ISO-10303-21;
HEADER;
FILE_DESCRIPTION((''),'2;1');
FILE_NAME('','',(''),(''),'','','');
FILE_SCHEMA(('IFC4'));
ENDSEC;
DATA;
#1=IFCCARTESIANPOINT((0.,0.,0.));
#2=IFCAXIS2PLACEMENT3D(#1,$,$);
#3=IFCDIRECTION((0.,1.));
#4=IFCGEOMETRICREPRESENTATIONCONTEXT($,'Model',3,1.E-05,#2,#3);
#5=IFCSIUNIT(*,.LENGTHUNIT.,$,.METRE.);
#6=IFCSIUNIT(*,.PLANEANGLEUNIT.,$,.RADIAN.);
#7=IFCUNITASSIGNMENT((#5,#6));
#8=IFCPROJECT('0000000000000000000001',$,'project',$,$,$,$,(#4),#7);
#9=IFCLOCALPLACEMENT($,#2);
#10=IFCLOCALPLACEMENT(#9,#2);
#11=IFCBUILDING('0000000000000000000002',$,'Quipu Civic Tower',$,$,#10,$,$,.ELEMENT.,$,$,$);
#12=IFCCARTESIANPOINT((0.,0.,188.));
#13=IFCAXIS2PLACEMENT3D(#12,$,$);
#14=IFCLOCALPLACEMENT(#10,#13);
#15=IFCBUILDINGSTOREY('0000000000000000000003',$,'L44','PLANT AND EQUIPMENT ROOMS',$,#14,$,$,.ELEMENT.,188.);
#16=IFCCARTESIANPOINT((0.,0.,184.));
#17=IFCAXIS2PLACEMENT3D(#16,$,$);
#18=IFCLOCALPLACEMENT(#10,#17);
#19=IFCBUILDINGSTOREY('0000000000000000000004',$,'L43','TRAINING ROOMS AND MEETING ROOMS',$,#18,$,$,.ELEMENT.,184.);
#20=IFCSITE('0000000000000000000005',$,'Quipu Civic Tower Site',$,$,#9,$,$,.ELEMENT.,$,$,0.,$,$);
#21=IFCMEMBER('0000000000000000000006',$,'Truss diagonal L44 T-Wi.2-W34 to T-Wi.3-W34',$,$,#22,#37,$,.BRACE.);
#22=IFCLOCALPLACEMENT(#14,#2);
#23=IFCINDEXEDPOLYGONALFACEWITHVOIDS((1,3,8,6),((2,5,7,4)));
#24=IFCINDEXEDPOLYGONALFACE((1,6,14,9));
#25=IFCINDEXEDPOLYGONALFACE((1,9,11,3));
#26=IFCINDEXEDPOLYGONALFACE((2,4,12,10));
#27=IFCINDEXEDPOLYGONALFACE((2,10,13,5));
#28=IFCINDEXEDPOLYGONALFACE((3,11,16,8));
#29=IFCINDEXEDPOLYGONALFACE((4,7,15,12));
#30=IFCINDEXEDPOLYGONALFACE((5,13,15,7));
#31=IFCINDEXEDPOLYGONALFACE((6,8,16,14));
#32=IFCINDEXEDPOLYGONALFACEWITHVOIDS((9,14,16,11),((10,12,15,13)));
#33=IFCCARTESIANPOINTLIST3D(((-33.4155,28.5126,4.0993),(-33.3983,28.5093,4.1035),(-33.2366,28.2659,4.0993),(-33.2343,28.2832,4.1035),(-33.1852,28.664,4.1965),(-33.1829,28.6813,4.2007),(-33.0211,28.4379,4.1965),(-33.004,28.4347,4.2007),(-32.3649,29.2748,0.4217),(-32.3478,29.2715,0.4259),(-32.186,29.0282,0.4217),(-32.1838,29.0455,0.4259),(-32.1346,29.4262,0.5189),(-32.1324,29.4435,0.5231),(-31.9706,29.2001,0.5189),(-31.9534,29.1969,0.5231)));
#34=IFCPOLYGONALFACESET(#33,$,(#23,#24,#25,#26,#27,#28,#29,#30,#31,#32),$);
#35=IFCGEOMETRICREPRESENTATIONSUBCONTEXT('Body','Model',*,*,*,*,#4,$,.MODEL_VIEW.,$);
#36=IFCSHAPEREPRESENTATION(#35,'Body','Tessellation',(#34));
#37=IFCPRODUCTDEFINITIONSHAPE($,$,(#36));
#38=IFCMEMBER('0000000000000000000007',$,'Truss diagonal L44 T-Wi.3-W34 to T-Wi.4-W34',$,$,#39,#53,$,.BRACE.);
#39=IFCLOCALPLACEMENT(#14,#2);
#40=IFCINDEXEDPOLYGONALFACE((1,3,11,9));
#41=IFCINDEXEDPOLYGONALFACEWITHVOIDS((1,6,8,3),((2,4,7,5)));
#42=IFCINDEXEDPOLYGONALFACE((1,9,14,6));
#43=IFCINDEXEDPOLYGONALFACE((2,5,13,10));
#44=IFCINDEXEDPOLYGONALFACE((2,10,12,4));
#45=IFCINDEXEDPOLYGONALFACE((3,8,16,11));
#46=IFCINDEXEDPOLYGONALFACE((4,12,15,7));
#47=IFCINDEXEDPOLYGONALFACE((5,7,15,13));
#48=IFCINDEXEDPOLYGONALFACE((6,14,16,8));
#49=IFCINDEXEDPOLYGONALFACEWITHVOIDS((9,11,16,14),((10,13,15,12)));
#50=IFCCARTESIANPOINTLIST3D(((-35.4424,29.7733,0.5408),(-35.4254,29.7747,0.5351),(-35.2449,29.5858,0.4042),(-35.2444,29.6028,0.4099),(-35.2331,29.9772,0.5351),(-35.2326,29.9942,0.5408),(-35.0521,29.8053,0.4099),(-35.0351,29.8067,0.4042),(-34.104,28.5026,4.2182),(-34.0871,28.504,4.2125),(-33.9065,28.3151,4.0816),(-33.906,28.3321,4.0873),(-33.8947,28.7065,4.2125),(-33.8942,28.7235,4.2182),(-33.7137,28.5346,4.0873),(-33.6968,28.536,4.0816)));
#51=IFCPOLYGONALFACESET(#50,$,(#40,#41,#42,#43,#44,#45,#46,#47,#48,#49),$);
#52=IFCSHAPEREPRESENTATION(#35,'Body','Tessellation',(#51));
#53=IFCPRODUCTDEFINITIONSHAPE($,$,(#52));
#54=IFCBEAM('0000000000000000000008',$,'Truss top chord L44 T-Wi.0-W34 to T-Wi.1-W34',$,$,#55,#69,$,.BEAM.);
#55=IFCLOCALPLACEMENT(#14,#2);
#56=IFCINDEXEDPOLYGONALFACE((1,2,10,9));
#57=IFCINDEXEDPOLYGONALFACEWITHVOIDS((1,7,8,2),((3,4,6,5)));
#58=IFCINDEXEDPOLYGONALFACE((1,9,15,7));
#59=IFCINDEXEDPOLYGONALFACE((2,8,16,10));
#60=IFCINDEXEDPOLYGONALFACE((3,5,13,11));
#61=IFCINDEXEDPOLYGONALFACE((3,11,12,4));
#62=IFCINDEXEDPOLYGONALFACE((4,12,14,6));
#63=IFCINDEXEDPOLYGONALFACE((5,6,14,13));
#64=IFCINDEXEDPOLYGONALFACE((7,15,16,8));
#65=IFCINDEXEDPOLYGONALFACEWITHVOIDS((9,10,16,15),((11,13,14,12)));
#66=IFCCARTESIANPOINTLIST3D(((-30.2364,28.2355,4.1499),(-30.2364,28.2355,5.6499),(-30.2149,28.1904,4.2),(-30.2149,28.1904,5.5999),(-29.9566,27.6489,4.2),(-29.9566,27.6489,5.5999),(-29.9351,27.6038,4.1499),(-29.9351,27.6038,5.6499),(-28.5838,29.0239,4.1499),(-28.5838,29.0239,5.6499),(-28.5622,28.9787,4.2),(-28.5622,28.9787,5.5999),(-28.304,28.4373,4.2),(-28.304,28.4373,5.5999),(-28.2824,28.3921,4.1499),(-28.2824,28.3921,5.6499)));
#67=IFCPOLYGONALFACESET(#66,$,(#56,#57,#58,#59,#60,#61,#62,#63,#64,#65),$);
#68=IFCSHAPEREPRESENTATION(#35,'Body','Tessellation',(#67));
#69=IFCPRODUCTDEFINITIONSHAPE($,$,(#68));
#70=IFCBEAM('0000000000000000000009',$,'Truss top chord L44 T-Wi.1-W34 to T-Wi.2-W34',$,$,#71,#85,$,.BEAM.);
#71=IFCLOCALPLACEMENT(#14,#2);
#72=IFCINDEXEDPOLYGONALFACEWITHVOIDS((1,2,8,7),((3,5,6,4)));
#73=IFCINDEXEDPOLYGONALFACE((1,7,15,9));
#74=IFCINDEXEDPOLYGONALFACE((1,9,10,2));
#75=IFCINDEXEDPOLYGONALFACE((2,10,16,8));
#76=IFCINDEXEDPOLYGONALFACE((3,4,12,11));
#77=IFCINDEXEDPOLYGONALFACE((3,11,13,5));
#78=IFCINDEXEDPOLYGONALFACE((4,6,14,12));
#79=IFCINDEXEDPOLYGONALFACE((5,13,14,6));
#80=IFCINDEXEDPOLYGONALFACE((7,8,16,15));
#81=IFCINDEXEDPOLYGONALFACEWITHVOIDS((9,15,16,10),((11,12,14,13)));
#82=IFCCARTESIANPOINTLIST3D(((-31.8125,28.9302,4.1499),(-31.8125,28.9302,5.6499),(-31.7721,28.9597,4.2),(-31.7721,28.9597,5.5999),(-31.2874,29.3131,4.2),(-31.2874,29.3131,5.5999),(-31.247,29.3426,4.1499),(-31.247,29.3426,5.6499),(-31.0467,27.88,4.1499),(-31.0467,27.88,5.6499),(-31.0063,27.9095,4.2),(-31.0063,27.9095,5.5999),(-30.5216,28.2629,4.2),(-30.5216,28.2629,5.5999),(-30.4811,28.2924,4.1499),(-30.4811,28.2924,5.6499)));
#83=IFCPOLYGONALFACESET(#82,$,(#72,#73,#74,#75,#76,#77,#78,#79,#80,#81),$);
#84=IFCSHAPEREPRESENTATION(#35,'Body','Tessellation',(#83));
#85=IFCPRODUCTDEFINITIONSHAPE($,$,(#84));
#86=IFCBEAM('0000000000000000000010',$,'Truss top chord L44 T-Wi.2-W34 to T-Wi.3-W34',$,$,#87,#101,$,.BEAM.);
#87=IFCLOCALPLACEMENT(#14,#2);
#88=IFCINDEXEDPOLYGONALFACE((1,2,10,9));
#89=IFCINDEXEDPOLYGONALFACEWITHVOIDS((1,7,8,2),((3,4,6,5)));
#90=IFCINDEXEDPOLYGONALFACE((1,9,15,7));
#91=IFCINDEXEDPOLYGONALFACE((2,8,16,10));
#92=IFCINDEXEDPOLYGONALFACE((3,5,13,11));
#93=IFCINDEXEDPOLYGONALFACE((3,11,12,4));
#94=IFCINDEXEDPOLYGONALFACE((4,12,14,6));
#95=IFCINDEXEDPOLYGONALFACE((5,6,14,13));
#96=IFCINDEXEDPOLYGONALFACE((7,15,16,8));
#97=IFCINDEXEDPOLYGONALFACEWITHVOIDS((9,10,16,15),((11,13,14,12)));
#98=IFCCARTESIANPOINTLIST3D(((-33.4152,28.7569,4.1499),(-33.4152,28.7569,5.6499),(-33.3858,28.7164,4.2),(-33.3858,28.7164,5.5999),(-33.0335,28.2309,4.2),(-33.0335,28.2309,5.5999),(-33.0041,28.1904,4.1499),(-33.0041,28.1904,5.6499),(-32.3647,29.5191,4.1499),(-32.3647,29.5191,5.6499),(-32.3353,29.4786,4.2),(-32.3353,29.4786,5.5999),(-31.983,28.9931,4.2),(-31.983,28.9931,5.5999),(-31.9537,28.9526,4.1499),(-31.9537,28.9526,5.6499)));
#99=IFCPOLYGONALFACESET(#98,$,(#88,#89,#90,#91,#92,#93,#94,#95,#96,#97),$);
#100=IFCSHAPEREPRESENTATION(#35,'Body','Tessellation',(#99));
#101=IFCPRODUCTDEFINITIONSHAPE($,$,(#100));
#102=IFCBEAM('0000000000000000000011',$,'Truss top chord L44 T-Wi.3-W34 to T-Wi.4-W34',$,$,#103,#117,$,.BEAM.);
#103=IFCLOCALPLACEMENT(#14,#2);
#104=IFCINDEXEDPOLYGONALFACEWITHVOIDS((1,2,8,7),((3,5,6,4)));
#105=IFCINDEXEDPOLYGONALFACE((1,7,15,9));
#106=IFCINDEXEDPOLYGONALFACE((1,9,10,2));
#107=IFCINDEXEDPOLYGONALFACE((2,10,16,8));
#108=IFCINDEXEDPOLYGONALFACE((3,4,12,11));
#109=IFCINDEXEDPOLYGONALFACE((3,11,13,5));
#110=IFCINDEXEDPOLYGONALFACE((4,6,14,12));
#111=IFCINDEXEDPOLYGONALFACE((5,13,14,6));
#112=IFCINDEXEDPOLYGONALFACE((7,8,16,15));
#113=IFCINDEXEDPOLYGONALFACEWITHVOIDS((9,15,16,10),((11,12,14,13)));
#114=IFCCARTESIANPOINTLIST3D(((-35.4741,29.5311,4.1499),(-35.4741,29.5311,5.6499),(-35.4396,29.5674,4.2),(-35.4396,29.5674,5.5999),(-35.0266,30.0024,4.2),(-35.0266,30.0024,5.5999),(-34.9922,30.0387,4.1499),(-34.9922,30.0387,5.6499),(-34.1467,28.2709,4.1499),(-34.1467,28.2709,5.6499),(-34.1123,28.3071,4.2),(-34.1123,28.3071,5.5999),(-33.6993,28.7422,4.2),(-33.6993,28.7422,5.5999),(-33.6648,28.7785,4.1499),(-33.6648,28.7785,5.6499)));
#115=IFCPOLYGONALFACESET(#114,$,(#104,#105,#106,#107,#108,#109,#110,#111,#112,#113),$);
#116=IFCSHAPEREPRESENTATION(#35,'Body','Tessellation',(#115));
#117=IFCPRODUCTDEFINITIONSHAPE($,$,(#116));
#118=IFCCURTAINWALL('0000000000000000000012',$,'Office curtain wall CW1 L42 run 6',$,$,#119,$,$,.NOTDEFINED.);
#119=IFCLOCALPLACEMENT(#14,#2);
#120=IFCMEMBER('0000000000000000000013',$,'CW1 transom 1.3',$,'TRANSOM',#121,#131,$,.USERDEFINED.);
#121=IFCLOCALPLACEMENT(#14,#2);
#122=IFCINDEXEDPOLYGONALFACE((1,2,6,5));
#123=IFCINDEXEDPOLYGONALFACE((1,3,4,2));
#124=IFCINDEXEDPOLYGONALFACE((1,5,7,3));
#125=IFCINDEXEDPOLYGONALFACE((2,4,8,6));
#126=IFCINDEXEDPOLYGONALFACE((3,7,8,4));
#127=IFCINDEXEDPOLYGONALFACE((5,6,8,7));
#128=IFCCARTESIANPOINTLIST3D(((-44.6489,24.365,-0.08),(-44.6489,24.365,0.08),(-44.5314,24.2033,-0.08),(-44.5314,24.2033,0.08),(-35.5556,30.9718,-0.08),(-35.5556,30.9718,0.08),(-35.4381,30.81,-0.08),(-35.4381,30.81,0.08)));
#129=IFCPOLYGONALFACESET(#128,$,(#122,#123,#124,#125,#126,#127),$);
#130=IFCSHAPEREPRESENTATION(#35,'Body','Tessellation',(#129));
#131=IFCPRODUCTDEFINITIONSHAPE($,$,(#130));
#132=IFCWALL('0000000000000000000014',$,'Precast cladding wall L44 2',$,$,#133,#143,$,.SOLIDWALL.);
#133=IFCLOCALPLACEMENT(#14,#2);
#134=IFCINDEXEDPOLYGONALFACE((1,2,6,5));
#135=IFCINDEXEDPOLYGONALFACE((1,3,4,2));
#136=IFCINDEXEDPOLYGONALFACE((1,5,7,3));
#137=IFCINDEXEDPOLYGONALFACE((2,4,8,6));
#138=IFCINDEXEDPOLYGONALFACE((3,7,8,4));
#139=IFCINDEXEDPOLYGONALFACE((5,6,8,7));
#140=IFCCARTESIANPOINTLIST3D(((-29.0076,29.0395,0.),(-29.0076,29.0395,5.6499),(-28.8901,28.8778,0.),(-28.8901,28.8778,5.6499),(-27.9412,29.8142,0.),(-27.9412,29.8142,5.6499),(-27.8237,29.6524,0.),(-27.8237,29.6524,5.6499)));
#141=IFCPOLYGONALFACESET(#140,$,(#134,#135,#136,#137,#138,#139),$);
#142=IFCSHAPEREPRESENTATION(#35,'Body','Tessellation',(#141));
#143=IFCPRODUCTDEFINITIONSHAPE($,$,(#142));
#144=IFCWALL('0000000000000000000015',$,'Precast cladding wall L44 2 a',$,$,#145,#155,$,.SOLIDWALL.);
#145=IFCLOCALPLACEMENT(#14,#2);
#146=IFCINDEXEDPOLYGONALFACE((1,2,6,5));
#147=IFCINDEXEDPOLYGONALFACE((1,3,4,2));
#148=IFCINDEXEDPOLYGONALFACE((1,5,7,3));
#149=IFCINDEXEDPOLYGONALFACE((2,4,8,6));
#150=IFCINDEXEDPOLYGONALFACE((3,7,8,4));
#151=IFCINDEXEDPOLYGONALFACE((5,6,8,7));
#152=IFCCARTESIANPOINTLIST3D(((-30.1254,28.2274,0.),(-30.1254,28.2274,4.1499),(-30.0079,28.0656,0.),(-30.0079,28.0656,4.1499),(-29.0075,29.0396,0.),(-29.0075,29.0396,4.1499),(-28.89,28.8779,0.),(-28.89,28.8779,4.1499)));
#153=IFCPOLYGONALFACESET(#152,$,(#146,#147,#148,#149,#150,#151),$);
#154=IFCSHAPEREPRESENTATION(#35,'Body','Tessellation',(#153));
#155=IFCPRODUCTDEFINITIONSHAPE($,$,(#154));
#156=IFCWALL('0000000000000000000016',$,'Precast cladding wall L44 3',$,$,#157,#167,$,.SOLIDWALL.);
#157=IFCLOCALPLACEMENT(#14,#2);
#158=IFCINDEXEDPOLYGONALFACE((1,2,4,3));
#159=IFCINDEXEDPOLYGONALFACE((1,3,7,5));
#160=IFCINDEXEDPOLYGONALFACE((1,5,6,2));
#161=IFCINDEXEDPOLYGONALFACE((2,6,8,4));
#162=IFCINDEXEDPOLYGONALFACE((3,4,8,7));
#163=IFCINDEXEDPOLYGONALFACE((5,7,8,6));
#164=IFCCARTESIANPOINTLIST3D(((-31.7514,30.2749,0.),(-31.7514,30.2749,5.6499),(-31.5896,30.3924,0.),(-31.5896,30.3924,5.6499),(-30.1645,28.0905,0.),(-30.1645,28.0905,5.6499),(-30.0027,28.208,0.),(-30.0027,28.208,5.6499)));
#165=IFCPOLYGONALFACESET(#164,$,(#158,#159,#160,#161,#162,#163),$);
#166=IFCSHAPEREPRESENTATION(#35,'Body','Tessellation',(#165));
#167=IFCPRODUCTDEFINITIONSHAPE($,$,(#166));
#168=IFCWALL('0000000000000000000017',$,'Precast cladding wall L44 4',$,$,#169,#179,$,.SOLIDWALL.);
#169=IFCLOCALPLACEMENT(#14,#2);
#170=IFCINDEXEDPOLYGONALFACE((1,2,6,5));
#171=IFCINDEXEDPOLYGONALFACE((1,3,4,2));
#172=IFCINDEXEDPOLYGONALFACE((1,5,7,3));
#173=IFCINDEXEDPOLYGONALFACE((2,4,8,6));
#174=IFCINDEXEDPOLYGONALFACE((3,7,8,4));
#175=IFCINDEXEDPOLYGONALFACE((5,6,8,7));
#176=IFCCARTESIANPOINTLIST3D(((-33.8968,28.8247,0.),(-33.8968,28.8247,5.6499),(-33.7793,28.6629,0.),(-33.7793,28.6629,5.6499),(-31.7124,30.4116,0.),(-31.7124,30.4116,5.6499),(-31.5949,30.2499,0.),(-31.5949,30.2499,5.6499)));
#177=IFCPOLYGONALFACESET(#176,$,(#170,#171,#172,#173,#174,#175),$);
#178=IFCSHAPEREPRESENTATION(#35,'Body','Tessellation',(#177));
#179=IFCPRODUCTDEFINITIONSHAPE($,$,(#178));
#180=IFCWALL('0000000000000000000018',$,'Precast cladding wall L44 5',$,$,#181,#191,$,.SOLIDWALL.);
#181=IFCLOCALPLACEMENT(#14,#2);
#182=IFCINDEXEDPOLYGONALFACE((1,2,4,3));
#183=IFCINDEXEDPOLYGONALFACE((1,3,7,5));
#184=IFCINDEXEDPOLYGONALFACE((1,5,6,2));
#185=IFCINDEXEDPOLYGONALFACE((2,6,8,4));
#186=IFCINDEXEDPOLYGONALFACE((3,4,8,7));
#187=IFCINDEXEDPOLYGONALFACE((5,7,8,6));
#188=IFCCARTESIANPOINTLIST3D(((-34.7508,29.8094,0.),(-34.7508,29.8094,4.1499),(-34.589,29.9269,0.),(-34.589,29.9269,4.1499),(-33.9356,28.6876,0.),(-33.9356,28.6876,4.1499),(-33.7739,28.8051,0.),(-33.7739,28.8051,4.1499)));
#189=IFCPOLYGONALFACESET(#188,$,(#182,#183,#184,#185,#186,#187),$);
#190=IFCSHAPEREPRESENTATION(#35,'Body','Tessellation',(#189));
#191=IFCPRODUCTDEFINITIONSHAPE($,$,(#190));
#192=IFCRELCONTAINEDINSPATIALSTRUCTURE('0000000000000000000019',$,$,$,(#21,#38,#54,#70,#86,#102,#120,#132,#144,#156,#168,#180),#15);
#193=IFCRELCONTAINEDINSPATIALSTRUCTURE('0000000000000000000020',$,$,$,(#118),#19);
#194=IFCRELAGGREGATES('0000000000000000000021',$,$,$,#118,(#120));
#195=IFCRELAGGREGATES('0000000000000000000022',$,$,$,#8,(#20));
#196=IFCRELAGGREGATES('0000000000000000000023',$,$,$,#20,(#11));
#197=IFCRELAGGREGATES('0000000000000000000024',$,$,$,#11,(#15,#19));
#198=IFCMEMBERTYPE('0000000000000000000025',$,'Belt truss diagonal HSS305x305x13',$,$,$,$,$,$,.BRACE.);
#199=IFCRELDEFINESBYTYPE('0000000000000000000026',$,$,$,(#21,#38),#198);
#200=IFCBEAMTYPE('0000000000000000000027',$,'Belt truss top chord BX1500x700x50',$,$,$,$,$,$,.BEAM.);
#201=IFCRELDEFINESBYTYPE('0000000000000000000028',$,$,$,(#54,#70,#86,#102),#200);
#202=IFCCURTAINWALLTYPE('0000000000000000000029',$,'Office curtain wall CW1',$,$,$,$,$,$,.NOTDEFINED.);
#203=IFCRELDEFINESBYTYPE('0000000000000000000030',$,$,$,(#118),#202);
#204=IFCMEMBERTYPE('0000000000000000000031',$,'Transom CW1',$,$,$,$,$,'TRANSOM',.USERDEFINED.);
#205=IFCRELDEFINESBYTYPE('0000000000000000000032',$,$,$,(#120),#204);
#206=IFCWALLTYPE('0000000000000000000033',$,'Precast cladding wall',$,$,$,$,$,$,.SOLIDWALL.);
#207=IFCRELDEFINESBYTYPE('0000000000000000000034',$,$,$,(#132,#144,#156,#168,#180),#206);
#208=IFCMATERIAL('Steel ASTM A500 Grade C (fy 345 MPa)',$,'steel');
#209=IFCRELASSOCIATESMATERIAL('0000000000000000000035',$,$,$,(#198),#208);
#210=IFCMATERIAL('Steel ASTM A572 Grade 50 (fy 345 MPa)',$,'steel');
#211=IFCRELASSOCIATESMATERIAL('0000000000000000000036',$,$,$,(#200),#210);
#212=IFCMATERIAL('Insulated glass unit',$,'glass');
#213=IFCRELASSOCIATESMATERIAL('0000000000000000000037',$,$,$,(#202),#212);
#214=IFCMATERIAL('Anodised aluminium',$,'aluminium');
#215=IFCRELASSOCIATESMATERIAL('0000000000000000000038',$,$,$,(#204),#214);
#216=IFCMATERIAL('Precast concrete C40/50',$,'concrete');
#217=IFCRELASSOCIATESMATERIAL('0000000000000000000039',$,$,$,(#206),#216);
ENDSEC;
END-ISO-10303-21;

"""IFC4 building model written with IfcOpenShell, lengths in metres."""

from ifc_helpers import new_model, si_unit, direction, frame, frame_2d, origin, origin_2d, place, context, subcontext, project, spatial, rectangle, hollow_rectangle, extrude, material, material_profile, profile_set, type_object, element, aggregate, save


model = new_model("IFC4")

# Units and contexts
model_context = context("Model", 3, precision=1e-05, world=origin(), true_north=direction((0.0, 1.0)))
body_context = subcontext(model_context, "Body", "Model", "MODEL_VIEW")
ifc_project = project(units=[si_unit("LENGTHUNIT", "METRE"), si_unit("PLANEANGLEUNIT", "RADIAN")], contexts=[model_context])

# Site, building, storey
site_placement = place(None, origin())
site = spatial("IfcSite", under=ifc_project, at=site_placement, Name="Quipu Civic Tower Site", CompositionType="ELEMENT", RefElevation=0.0)
building_placement = place(site_placement, origin())
building = spatial("IfcBuilding", under=site, at=building_placement, Name="Quipu Civic Tower", CompositionType="ELEMENT")
storey_1_placement = place(building_placement, frame((0.0, 0.0, 188.0)))
storey_1 = spatial("IfcBuildingStorey", under=building, at=storey_1_placement, Name="L44", Description="PLANT AND EQUIPMENT ROOMS", CompositionType="ELEMENT", Elevation=188.0)

# Members
ifc_material_1 = material(Name="Steel ASTM A500 Grade C (fy 345 MPa)", Category="steel")
ifc_material_profile_1 = material_profile(ifc_material_1, hollow_rectangle(XDim=0.3047, YDim=0.3047, WallThickness=0.0127, at=origin_2d()), Name="HSS305x305x13")
ifc_profile_set_1 = profile_set([ifc_material_profile_1], Name="Steel ASTM A500 Grade C (fy 345 MPa)")
member_type_1 = type_object("IfcMemberType", Name="Belt truss diagonal HSS305x305x13", PredefinedType="BRACE", material=ifc_profile_set_1)
member_1_placement = place(storey_1_placement, frame((-32.1592, 29.2358, 0.4724), z_axis=(-0.269382, -0.195447, 0.942992), x_axis=(0.587254, -0.809403, 0.0)))
element("IfcMember", 1, at=member_1_placement, inside=storey_1, type_object=member_type_1, Name="Truss diagonal L44 T-Wi.2-W34 to T-Wi.3-W34", PredefinedType="BRACE", context=body_context, shape_type="SweptSolid", body=[
    extrude(hollow_rectangle(XDim=0.3047, YDim=0.3047, WallThickness=0.0127, at=origin_2d()), origin(), (0.0, 0.0, 1.0), 3.8999),
])
member_2_placement = place(storey_1_placement, frame((-33.9004, 28.5193, 4.1499), z_axis=(-0.325275, 0.308839, -0.893764), x_axis=(-0.688548, -0.725191, 0.0)))
element("IfcMember", 2, at=member_2_placement, inside=storey_1, type_object=member_type_1, Name="Truss diagonal L44 T-Wi.3-W34 to T-Wi.4-W34", PredefinedType="BRACE", context=body_context, shape_type="SweptSolid", body=[
    extrude(hollow_rectangle(XDim=0.3047, YDim=0.3047, WallThickness=0.0127, at=origin_2d()), origin(), (0.0, 0.0, 1.0), 4.1145),
])

# Beams
ifc_material_2 = material(Name="Steel ASTM A572 Grade 50 (fy 345 MPa)", Category="steel")
ifc_material_profile_2 = material_profile(ifc_material_2, hollow_rectangle(XDim=0.7, YDim=1.5, WallThickness=0.05, at=origin_2d()), Name="BX1500x700x50")
ifc_profile_set_2 = profile_set([ifc_material_profile_2], Name="Steel ASTM A572 Grade 50 (fy 345 MPa)")
beam_type_1 = type_object("IfcBeamType", Name="Belt truss top chord BX1500x700x50", PredefinedType="BEAM", material=ifc_profile_set_2)
beam_1_placement = place(storey_1_placement, frame((-28.4331, 28.708, 4.8999), z_axis=(-0.902567, -0.430549, 0.0), x_axis=(0.430549, -0.902567, 0.0)))
element("IfcBeam", 3, at=beam_1_placement, inside=storey_1, type_object=beam_type_1, Name="Truss top chord L44 T-Wi.0-W34 to T-Wi.1-W34", PredefinedType="BEAM", context=body_context, shape_type="SweptSolid", body=[
    extrude(hollow_rectangle(XDim=0.7, YDim=1.5, WallThickness=0.05, at=origin_2d()), origin(), (0.0, 0.0, 1.0), 1.8311),
])
beam_2_placement = place(storey_1_placement, frame((-30.7639, 28.0862, 4.8999), z_axis=(-0.589187, 0.807996, 0.0), x_axis=(-0.807996, -0.589187, 0.0)))
element("IfcBeam", 4, at=beam_2_placement, inside=storey_1, type_object=beam_type_1, Name="Truss top chord L44 T-Wi.1-W34 to T-Wi.2-W34", PredefinedType="BEAM", context=body_context, shape_type="SweptSolid", body=[
    extrude(hollow_rectangle(XDim=0.7, YDim=1.5, WallThickness=0.05, at=origin_2d()), origin(), (0.0, 0.0, 1.0), 1.2998),
])
beam_3_placement = place(storey_1_placement, frame((-32.1592, 29.2358, 4.8999), z_axis=(-0.809403, -0.587254, 0.0), x_axis=(0.587254, -0.809403, 0.0)))
element("IfcBeam", 5, at=beam_3_placement, inside=storey_1, type_object=beam_type_1, Name="Truss top chord L44 T-Wi.2-W34 to T-Wi.3-W34", PredefinedType="BEAM", context=body_context, shape_type="SweptSolid", body=[
    extrude(hollow_rectangle(XDim=0.7, YDim=1.5, WallThickness=0.05, at=origin_2d()), origin(), (0.0, 0.0, 1.0), 1.2979),
])
beam_4_placement = place(storey_1_placement, frame((-33.9058, 28.5247, 4.8999), z_axis=(-0.725209, 0.688529, 0.0), x_axis=(-0.688529, -0.725209, 0.0)))
element("IfcBeam", 6, at=beam_4_placement, inside=storey_1, type_object=beam_type_1, Name="Truss top chord L44 T-Wi.3-W34 to T-Wi.4-W34", PredefinedType="BEAM", context=body_context, shape_type="SweptSolid", body=[
    extrude(hollow_rectangle(XDim=0.7, YDim=1.5, WallThickness=0.05, at=origin_2d()), origin(), (0.0, 0.0, 1.0), 1.8303),
])

# Shared definitions
storey_2_placement = place(building_placement, frame((0.0, 0.0, 184.0)))
storey_2 = spatial("IfcBuildingStorey", under=building, at=storey_2_placement, Name="L43", Description="TRAINING ROOMS AND MEETING ROOMS", CompositionType="ELEMENT", Elevation=184.0)

# Curtain wall, member
ifc_material_3 = material(Name="Insulated glass unit", Category="glass")
curtain_wall_type = type_object("IfcCurtainWallType", Name="Office curtain wall CW1", PredefinedType="NOTDEFINED", material=ifc_material_3)
curtain_wall_placement = place(storey_2_placement, origin())
curtain_wall = element("IfcCurtainWall", 7, at=curtain_wall_placement, inside=storey_2, type_object=curtain_wall_type, Name="Office curtain wall CW1 L42 run 6", PredefinedType="NOTDEFINED")
ifc_material_4 = material(Name="Anodised aluminium", Category="aluminium")
ifc_material_profile_3 = material_profile(ifc_material_4, rectangle(XDim=0.2, YDim=0.1599, at=origin_2d()), Name="RECT 200x160")
ifc_profile_set_3 = profile_set([ifc_material_profile_3], Name="Anodised aluminium")
member_type_2 = type_object("IfcMemberType", Name="Transom CW1", ElementType="TRANSOM", PredefinedType="USERDEFINED", material=ifc_profile_set_3)
member_3_placement = place(storey_1_placement, frame((-35.4968, 30.8909, 0.0), z_axis=(-0.809015, -0.587788, 0.0), x_axis=(0.587788, -0.809015, 0.0)))
member_3 = element("IfcMember", 8, at=member_3_placement, inside=storey_1, type_object=member_type_2, Name="CW1 transom 1.3", ObjectType="TRANSOM", PredefinedType="USERDEFINED", context=body_context, shape_type="SweptSolid", body=[
    extrude(rectangle(XDim=0.2, YDim=0.1599, at=origin_2d()), origin(), (0.0, 0.0, 1.0), 11.24),
])
aggregate(curtain_wall, [member_3])

# Walls
ifc_material_5 = material(Name="Precast concrete C40/50", Category="concrete")
wall_type = type_object("IfcWallType", Name="Precast cladding wall", PredefinedType="SOLIDWALL", material=ifc_material_5)
wall_1_placement = place(storey_1_placement, frame((-27.8823, 29.7334, 0.0), z_axis=(0.0, 0.0, 1.0), x_axis=(-0.809064, -0.58772, 0.0)))
element("IfcWall", 9, at=wall_1_placement, inside=storey_1, type_object=wall_type, Name="Precast cladding wall L44 2", PredefinedType="SOLIDWALL", context=body_context, shape_type="SweptSolid", body=[
    extrude(rectangle(XDim=1.3181, YDim=0.2, at=frame_2d((0.6592, 0.0))), origin(), (0.0, 0.0, 1.0), 5.6499),
])
wall_2_placement = place(storey_1_placement, frame((-28.9487, 28.9587, 0.0), z_axis=(0.0, 0.0, 1.0), x_axis=(-0.809003, -0.587804, 0.0)))
element("IfcWall", 10, at=wall_2_placement, inside=storey_1, type_object=wall_type, Name="Precast cladding wall L44 2 a", PredefinedType="SOLIDWALL", context=body_context, shape_type="SweptSolid", body=[
    extrude(rectangle(XDim=1.3818, YDim=0.2, at=frame_2d((0.6909, 0.0))), origin(), (0.0, 0.0, 1.0), 4.1499),
])
for number, where, z_axis, x_axis, name in (
    (11, (-30.0835, 28.1492, 0.0), (0.0, 0.0, 1.0), (-0.587763, 0.809033, 0.0), "Precast cladding wall L44 3"),
    (12, (-31.6536, 30.3308, 0.0), (0.0, 0.0, 1.0), (-0.809033, -0.587763, 0.0), "Precast cladding wall L44 4"),
):
    element("IfcWall", number, at=place(storey_1_placement, frame(where, z_axis=z_axis, x_axis=x_axis)), inside=storey_1, type_object=wall_type, Name=name, PredefinedType="SOLIDWALL", context=body_context, shape_type="SweptSolid", body=[
        extrude(rectangle(XDim=2.7, YDim=0.2, at=frame_2d((1.3501, 0.0))), origin(), (0.0, 0.0, 1.0), 5.6499),
    ])
wall_3_placement = place(storey_1_placement, frame((-33.8547, 28.7463, 0.0), z_axis=(0.0, 0.0, 1.0), x_axis=(-0.587847, 0.808972, 0.0)))
element("IfcWall", 13, at=wall_3_placement, inside=storey_1, type_object=wall_type, Name="Precast cladding wall L44 5", PredefinedType="SOLIDWALL", context=body_context, shape_type="SweptSolid", body=[
    extrude(rectangle(XDim=1.3867, YDim=0.2, at=frame_2d((0.6934, 0.0))), origin(), (0.0, 0.0, 1.0), 4.1499),
])

save(model, "model.ifc")
